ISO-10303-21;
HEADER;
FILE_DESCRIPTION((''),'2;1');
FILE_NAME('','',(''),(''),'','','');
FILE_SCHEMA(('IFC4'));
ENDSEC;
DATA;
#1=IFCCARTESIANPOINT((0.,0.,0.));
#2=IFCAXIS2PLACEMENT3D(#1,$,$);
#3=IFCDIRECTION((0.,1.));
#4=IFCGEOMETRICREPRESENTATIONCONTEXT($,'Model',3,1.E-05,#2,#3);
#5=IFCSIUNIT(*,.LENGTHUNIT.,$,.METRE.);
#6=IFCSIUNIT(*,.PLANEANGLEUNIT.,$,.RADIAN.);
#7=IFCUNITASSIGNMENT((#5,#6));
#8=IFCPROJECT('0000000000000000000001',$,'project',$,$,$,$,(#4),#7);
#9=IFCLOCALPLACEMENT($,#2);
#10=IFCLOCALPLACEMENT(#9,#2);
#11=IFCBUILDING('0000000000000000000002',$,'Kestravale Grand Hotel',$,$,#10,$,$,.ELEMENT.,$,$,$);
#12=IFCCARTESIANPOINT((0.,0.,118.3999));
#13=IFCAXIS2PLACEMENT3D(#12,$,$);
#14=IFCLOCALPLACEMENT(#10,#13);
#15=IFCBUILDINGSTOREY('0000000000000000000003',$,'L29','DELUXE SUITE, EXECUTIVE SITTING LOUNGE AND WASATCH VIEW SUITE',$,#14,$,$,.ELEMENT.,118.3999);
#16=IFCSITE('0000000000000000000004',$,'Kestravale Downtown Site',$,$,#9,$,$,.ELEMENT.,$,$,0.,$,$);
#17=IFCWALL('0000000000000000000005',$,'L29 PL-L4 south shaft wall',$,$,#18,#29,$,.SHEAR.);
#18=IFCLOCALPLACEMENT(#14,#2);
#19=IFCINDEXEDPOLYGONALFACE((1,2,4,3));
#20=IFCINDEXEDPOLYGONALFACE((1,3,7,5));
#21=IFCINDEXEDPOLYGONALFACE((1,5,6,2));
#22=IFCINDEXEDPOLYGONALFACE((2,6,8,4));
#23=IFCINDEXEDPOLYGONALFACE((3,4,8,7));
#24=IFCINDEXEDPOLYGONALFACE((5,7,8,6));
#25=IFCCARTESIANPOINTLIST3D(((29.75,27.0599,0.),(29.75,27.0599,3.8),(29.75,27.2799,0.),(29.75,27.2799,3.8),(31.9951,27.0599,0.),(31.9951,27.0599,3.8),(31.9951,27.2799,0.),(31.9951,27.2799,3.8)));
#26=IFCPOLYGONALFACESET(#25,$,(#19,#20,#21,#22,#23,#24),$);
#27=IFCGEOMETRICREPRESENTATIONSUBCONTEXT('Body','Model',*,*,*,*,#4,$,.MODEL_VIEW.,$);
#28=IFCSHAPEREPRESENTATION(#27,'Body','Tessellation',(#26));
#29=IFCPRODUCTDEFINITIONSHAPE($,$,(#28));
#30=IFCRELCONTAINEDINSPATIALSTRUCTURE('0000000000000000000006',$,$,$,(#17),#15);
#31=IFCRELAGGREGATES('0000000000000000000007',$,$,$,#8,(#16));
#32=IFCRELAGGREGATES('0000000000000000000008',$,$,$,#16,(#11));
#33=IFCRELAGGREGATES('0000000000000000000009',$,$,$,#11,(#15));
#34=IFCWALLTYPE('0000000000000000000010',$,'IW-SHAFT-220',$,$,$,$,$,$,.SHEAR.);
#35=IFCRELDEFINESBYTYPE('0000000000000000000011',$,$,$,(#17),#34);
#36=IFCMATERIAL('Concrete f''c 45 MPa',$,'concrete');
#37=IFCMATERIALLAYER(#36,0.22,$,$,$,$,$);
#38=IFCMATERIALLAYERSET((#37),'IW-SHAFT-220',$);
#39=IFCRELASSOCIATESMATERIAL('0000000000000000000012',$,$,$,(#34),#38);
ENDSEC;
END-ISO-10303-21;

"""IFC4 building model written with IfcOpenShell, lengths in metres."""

from ifc_helpers import new_model, si_unit, direction, frame, frame_2d, origin, place, context, subcontext, project, spatial, rectangle, extrude, material, layer, layer_set, type_object, element, save


model = new_model("IFC4")

# Units and contexts
model_context = context("Model", 3, precision=1e-05, world=origin(), true_north=direction((0.0, 1.0)))
body_context = subcontext(model_context, "Body", "Model", "MODEL_VIEW")
ifc_project = project(units=[si_unit("LENGTHUNIT", "METRE"), si_unit("PLANEANGLEUNIT", "RADIAN")], contexts=[model_context])

# Site, building, storey
site_placement = place(None, origin())
site = spatial("IfcSite", under=ifc_project, at=site_placement, Name="Kestravale Downtown Site", CompositionType="ELEMENT", RefElevation=0.0)
building_placement = place(site_placement, origin())
building = spatial("IfcBuilding", under=site, at=building_placement, Name="Kestravale Grand Hotel", CompositionType="ELEMENT")
storey_placement = place(building_placement, frame((0.0, 0.0, 118.3999)))
storey = spatial("IfcBuildingStorey", under=building, at=storey_placement, Name="L29", Description="DELUXE SUITE, EXECUTIVE SITTING LOUNGE AND WASATCH VIEW SUITE", CompositionType="ELEMENT", Elevation=118.3999)

# Wall
ifc_material_1 = material(Name="Concrete f'c 45 MPa", Category="concrete")
ifc_layer_1 = layer(ifc_material_1, 0.22)
ifc_layer_set_1 = layer_set([ifc_layer_1], Name="IW-SHAFT-220")
wall_type_1 = type_object("IfcWallType", Name="IW-SHAFT-220", PredefinedType="SHEAR", material=ifc_layer_set_1)
wall_1_placement = place(storey_placement, frame((29.75, 27.1699, 0.0), z_axis=(0.0, 0.0, 1.0), x_axis=(1.0, 0.0, 0.0)))
element("IfcWall", 1, at=wall_1_placement, inside=storey, type_object=wall_type_1, Name="L29 PL-L4 south shaft wall", PredefinedType="SHEAR", context=body_context, shape_type="SweptSolid", body=[
    extrude(rectangle(XDim=2.2451, YDim=0.22, at=frame_2d((1.1226, 0.0))), origin(), (0.0, 0.0, 1.0), 3.8),
])

save(model, "model.ifc")
